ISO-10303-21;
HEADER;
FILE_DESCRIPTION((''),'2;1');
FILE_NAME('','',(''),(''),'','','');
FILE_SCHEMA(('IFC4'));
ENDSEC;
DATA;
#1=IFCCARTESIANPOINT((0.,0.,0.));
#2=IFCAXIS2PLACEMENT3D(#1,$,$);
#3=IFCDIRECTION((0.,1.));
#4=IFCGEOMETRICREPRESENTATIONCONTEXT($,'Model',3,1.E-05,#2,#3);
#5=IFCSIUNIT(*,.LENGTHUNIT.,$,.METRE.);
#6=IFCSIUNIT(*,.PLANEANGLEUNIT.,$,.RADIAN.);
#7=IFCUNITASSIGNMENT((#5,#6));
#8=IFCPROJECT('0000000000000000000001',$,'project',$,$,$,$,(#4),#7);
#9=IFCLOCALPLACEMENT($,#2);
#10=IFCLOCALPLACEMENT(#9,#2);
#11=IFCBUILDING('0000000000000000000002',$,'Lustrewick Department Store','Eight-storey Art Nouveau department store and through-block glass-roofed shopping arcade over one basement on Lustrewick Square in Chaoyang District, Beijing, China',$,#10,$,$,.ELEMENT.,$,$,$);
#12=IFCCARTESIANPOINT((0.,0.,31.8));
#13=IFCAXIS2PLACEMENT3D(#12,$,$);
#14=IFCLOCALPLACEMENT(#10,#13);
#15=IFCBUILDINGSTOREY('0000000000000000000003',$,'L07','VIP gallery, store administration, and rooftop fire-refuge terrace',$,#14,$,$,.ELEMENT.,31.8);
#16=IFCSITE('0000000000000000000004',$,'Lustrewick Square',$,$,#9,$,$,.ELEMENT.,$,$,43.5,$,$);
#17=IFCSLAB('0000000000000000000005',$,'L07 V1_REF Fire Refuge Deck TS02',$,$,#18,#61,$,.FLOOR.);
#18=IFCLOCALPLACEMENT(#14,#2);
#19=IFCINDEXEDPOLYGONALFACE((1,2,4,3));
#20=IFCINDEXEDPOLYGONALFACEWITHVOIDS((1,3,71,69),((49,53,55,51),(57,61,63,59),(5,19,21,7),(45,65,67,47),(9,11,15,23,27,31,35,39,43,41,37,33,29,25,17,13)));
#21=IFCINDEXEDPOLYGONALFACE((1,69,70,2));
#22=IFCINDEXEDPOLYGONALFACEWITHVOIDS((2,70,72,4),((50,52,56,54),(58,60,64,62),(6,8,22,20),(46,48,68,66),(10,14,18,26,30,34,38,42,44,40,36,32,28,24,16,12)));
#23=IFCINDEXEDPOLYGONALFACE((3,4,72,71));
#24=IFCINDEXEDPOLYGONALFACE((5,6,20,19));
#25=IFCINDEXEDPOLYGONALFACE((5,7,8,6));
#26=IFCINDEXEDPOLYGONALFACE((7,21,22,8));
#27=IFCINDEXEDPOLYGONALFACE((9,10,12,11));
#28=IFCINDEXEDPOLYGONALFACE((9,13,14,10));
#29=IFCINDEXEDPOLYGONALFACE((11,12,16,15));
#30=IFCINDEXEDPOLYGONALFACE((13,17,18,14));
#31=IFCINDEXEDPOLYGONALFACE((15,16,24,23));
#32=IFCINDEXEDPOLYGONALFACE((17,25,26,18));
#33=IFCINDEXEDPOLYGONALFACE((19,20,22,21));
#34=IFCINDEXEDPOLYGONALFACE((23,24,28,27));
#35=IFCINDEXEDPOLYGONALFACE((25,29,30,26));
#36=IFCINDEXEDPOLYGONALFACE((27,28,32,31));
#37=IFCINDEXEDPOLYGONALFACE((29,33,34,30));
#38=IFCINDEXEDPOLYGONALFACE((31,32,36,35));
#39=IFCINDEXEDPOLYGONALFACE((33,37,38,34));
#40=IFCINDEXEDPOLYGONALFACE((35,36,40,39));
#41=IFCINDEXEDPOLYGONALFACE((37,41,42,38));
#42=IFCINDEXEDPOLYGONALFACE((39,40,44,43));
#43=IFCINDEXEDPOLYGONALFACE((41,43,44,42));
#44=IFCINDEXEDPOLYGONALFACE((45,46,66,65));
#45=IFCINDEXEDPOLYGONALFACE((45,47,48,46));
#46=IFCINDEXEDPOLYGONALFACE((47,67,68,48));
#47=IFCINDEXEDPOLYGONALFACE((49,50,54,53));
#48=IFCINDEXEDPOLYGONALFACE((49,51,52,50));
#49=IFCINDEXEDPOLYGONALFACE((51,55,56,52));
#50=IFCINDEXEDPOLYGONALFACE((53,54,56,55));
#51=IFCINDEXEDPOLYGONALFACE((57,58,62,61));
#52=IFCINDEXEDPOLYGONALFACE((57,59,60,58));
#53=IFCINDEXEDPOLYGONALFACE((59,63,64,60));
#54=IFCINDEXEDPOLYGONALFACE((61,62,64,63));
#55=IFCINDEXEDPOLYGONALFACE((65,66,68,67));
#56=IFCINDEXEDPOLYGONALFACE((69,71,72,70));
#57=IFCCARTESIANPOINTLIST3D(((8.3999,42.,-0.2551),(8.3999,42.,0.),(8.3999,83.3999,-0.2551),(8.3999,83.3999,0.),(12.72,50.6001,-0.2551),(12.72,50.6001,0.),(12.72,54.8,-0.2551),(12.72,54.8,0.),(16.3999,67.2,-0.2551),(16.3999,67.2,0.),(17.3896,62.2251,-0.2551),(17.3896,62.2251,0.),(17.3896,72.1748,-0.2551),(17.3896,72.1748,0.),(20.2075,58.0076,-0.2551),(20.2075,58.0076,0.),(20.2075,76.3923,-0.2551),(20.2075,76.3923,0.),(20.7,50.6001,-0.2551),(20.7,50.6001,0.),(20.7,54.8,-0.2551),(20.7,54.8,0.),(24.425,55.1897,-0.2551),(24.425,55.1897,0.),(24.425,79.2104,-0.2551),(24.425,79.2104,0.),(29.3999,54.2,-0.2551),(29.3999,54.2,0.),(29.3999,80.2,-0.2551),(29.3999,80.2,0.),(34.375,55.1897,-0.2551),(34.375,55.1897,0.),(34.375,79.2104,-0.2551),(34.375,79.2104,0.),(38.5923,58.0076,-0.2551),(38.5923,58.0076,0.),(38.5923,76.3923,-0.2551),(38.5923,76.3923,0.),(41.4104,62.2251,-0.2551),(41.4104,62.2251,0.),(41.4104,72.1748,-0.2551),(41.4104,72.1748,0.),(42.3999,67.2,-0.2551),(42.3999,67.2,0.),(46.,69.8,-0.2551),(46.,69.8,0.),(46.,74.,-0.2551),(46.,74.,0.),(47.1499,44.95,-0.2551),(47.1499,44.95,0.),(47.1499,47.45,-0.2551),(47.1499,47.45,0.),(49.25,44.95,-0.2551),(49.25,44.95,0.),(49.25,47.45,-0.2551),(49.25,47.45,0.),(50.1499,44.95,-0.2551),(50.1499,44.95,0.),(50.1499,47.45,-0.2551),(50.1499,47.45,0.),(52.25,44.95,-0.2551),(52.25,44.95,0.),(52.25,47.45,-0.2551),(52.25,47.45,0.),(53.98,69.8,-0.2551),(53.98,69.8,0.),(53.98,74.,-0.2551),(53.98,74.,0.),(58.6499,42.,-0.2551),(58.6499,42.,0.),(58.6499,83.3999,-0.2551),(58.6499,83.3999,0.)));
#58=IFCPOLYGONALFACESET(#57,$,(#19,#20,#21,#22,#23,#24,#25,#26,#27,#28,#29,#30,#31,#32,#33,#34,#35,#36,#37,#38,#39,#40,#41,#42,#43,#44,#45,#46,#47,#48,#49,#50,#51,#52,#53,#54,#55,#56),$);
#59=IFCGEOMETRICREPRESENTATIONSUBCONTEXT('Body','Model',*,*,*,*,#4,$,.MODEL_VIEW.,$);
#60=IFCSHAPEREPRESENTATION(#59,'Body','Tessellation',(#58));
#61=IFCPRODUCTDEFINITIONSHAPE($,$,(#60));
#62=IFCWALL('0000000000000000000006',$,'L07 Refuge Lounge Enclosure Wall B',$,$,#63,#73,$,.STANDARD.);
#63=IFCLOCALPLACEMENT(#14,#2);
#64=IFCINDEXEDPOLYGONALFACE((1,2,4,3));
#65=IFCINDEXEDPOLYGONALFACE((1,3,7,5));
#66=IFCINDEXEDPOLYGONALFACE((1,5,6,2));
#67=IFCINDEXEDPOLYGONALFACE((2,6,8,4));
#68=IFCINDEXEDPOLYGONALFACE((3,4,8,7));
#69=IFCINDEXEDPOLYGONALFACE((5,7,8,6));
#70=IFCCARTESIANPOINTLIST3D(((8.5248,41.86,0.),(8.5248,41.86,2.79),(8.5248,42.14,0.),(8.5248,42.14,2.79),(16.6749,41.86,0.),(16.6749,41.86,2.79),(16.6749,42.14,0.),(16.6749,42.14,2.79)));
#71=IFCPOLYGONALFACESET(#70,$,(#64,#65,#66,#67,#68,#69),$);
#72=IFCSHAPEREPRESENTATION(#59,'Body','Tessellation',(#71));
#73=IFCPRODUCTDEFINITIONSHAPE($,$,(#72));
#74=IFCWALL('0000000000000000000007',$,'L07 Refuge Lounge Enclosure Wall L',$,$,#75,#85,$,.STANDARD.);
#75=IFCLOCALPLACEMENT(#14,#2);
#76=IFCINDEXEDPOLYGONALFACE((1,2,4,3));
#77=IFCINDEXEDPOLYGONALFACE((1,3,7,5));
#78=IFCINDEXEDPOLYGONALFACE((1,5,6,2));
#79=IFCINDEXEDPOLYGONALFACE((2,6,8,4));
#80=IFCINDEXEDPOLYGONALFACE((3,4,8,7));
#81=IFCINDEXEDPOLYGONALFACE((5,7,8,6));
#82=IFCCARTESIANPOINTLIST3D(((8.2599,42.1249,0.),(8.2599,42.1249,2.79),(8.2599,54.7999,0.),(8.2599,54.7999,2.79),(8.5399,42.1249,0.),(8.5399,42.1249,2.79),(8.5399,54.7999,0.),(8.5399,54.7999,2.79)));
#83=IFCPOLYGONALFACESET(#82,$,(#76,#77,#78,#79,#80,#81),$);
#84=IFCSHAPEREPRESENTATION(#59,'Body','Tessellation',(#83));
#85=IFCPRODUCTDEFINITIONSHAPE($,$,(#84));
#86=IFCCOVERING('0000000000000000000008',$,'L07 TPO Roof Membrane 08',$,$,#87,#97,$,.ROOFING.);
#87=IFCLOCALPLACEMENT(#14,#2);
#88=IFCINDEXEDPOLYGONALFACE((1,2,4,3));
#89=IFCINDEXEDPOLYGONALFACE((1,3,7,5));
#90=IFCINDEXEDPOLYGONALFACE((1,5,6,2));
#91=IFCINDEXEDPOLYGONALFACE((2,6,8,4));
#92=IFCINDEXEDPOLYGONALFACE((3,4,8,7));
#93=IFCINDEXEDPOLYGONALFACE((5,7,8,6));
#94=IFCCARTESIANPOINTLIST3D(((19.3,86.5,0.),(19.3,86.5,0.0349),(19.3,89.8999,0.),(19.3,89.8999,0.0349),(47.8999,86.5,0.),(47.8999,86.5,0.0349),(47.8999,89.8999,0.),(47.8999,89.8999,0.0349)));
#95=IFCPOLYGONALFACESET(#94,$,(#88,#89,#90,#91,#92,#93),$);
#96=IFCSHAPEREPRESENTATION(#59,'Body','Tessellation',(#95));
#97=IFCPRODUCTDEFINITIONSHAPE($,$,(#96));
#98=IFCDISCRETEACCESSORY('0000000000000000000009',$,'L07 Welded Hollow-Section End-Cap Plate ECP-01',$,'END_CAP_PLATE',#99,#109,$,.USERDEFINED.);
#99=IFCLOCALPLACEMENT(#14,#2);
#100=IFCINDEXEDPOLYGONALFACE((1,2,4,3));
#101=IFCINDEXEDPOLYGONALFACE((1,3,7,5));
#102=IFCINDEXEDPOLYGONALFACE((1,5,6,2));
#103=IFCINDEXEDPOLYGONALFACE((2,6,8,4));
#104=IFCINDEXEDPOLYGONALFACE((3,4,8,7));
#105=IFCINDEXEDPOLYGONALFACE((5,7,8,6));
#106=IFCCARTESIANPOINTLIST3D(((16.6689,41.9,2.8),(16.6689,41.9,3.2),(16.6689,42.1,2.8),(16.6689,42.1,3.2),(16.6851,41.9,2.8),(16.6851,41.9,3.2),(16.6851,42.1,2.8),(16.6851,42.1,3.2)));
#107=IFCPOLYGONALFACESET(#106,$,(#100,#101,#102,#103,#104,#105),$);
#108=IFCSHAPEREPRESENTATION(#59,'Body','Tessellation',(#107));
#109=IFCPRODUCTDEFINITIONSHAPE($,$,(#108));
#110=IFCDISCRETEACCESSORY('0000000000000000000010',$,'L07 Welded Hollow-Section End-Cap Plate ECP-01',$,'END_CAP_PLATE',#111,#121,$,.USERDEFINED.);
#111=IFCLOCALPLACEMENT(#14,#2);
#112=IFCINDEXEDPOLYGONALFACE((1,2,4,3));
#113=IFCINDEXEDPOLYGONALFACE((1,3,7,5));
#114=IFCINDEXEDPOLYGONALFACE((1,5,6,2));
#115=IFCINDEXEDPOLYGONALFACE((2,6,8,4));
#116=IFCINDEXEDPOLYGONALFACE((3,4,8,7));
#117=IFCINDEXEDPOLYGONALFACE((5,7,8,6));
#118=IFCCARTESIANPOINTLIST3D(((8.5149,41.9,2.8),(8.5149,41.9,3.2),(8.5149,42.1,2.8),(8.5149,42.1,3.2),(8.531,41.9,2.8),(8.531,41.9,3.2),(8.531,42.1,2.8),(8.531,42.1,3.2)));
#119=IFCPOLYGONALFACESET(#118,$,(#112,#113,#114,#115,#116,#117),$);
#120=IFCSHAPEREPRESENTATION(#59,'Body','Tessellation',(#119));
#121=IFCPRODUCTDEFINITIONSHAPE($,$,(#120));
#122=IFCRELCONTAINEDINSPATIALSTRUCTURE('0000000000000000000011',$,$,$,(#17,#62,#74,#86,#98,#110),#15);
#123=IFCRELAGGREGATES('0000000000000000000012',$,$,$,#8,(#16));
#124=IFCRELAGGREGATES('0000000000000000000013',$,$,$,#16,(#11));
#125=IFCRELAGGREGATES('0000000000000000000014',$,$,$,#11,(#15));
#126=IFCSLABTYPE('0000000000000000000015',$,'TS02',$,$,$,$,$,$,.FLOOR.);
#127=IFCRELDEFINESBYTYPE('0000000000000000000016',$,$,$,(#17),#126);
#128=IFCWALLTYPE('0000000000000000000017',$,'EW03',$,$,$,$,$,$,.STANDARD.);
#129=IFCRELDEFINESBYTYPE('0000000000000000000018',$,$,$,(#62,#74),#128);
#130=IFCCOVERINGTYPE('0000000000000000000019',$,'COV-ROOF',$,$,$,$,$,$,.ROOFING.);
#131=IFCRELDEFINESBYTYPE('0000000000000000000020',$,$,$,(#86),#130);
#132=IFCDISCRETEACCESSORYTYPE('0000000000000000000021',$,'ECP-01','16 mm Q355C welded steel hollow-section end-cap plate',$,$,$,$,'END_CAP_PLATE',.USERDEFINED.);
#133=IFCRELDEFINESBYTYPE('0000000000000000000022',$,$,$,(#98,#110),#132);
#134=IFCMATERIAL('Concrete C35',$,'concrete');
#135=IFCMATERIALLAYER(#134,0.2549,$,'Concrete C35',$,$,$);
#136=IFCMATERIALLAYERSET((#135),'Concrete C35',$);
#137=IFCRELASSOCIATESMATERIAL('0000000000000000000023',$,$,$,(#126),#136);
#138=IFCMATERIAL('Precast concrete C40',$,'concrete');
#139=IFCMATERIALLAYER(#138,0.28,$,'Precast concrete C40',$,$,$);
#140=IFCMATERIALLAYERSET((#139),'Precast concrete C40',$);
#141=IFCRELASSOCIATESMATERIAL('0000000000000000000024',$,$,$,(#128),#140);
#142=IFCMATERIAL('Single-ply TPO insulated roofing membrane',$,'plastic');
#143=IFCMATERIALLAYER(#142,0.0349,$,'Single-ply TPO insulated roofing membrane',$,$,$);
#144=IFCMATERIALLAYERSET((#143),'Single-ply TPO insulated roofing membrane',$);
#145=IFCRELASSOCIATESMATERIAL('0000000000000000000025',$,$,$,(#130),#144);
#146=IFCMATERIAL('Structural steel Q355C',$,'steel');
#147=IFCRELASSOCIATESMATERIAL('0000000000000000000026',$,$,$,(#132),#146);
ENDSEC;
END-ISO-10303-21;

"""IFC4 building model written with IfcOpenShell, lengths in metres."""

from ifc_helpers import new_model, si_unit, direction, frame, frame_2d, origin, origin_2d, place, context, subcontext, project, spatial, polyline, rectangle, outline, extrude, material, layer, layer_set, type_object, element, save


model = new_model("IFC4")

# Units and contexts
model_context = context("Model", 3, precision=1e-05, world=origin(), true_north=direction((0.0, 1.0)))
body_context = subcontext(model_context, "Body", "Model", "MODEL_VIEW")
ifc_project = project(units=[si_unit("LENGTHUNIT", "METRE"), si_unit("PLANEANGLEUNIT", "RADIAN")], contexts=[model_context])

# Site, building, storey
site_placement = place(None, origin())
site = spatial("IfcSite", under=ifc_project, at=site_placement, Name="Lustrewick Square", CompositionType="ELEMENT", RefElevation=43.5)
building_placement = place(site_placement, origin())
building = spatial("IfcBuilding", under=site, at=building_placement, Name="Lustrewick Department Store", Description="Eight-storey Art Nouveau department store and through-block glass-roofed shopping arcade over one basement on Lustrewick Square in Chaoyang District, Beijing, China", CompositionType="ELEMENT")
storey_placement = place(building_placement, frame((0.0, 0.0, 31.8)))
storey = spatial("IfcBuildingStorey", under=building, at=storey_placement, Name="L07", Description="VIP gallery, store administration, and rooftop fire-refuge terrace", CompositionType="ELEMENT", Elevation=31.8)

# Shared definitions
ifc_material_1 = material(Name="Structural steel Q355C", Category="steel")

# Shared definitions
ifc_material_2 = material(Name="Concrete C35", Category="concrete")

# Slab
ifc_layer_1 = layer(ifc_material_2, 0.2549, Name="Concrete C35")
ifc_layer_set_1 = layer_set([ifc_layer_1], Name="Concrete C35")
slab_type_1 = type_object("IfcSlabType", Name="TS02", PredefinedType="FLOOR", material=ifc_layer_set_1)
slab_1_placement = place(storey_placement, frame((0.0, 0.0, -0.2551)))
element("IfcSlab", 1, at=slab_1_placement, inside=storey, type_object=slab_type_1, Name="L07 V1_REF Fire Refuge Deck TS02", PredefinedType="FLOOR", context=body_context, shape_type="SweptSolid", body=[
    extrude(outline(polyline([(8.3999, 42.0), (58.6499, 42.0), (58.6499, 83.3999), (8.3999, 83.3999), (8.3999, 42.0)]), holes=[polyline([(41.4104, 72.1748), (42.3999, 67.2), (41.4104, 62.2251), (38.5923, 58.0076), (34.375, 55.1897), (29.3999, 54.2), (24.425, 55.1897), (20.2075, 58.0076), (17.3896, 62.2251), (16.3999, 67.2), (17.3896, 72.1748), (20.2075, 76.3923), (24.425, 79.2104), (29.3999, 80.2), (34.375, 79.2104), (38.5923, 76.3923), (41.4104, 72.1748)]), polyline([(49.25, 47.45), (49.25, 44.95), (47.1499, 44.95), (47.1499, 47.45), (49.25, 47.45)]), polyline([(52.25, 47.45), (52.25, 44.95), (50.1499, 44.95), (50.1499, 47.45), (52.25, 47.45)]), polyline([(20.7, 54.8), (20.7, 50.6001), (12.72, 50.6001), (12.72, 54.8), (20.7, 54.8)]), polyline([(53.98, 74.0), (53.98, 69.8), (46.0, 69.8), (46.0, 74.0), (53.98, 74.0)])]), origin(), (0.0, 0.0, 1.0), 0.2551),
])

# Walls
ifc_material_3 = material(Name="Precast concrete C40", Category="concrete")
ifc_layer_2 = layer(ifc_material_3, 0.28, Name="Precast concrete C40")
ifc_layer_set_2 = layer_set([ifc_layer_2], Name="Precast concrete C40")
wall_type = type_object("IfcWallType", Name="EW03", PredefinedType="STANDARD", material=ifc_layer_set_2)
wall_1_placement = place(storey_placement, frame((16.675, 42.0, 0.0), z_axis=(0.0, 0.0, 1.0), x_axis=(-1.0, 0.0, 0.0)))
element("IfcWall", 2, at=wall_1_placement, inside=storey, type_object=wall_type, Name="L07 Refuge Lounge Enclosure Wall B", PredefinedType="STANDARD", context=body_context, shape_type="SweptSolid", body=[
    extrude(rectangle(XDim=8.1501, YDim=0.28, at=frame_2d((4.0752, 0.0))), origin(), (0.0, 0.0, 1.0), 2.79),
])
wall_2_placement = place(storey_placement, frame((8.3999, 42.125, 0.0), z_axis=(0.0, 0.0, 1.0), x_axis=(0.0, 1.0, 0.0)))
element("IfcWall", 3, at=wall_2_placement, inside=storey, type_object=wall_type, Name="L07 Refuge Lounge Enclosure Wall L", PredefinedType="STANDARD", context=body_context, shape_type="SweptSolid", body=[
    extrude(rectangle(XDim=12.675, YDim=0.28, at=frame_2d((6.3374, 0.0))), origin(), (0.0, 0.0, 1.0), 2.79),
])

# Covering
ifc_material_4 = material(Name="Single-ply TPO insulated roofing membrane", Category="plastic")
ifc_layer_3 = layer(ifc_material_4, 0.0349, Name="Single-ply TPO insulated roofing membrane")
ifc_layer_set_3 = layer_set([ifc_layer_3], Name="Single-ply TPO insulated roofing membrane")
covering_type = type_object("IfcCoveringType", Name="COV-ROOF", PredefinedType="ROOFING", material=ifc_layer_set_3)
covering_placement = place(storey_placement, origin())
element("IfcCovering", 4, at=covering_placement, inside=storey, type_object=covering_type, Name="L07 TPO Roof Membrane 08", PredefinedType="ROOFING", context=body_context, shape_type="SweptSolid", body=[
    extrude(outline(polyline([(47.8999, 89.8999), (19.3, 89.8999), (19.3, 86.5), (47.8999, 86.5), (47.8999, 89.8999)])), origin(), (0.0, 0.0, 1.0), 0.0349),
])

# Discrete accessories
discrete_accessory_type = type_object("IfcDiscreteAccessoryType", Name="ECP-01", Description="16 mm Q355C welded steel hollow-section end-cap plate", ElementType="END_CAP_PLATE", PredefinedType="USERDEFINED", material=ifc_material_1)
for number, where, z_axis, x_axis, name in (
    (5, (16.6689, 42.0, 3.0), (1.0, 0.0, 0.0), (0.0, 1.0, 0.0), "L07 Welded Hollow-Section End-Cap Plate ECP-01"),
    (6, (8.531, 42.0, 3.0), (-1.0, 0.0, 0.0), (0.0, 1.0, 0.0), "L07 Welded Hollow-Section End-Cap Plate ECP-01"),
):
    element("IfcDiscreteAccessory", number, at=place(storey_placement, frame(where, z_axis=z_axis, x_axis=x_axis)), inside=storey, type_object=discrete_accessory_type, Name=name, ObjectType="END_CAP_PLATE", PredefinedType="USERDEFINED", context=body_context, shape_type="SweptSolid", body=[
        extrude(rectangle(XDim=0.2, YDim=0.3999, at=origin_2d()), origin(), (0.0, 0.0, 1.0), 0.0161),
    ])

save(model, "model.ifc")
